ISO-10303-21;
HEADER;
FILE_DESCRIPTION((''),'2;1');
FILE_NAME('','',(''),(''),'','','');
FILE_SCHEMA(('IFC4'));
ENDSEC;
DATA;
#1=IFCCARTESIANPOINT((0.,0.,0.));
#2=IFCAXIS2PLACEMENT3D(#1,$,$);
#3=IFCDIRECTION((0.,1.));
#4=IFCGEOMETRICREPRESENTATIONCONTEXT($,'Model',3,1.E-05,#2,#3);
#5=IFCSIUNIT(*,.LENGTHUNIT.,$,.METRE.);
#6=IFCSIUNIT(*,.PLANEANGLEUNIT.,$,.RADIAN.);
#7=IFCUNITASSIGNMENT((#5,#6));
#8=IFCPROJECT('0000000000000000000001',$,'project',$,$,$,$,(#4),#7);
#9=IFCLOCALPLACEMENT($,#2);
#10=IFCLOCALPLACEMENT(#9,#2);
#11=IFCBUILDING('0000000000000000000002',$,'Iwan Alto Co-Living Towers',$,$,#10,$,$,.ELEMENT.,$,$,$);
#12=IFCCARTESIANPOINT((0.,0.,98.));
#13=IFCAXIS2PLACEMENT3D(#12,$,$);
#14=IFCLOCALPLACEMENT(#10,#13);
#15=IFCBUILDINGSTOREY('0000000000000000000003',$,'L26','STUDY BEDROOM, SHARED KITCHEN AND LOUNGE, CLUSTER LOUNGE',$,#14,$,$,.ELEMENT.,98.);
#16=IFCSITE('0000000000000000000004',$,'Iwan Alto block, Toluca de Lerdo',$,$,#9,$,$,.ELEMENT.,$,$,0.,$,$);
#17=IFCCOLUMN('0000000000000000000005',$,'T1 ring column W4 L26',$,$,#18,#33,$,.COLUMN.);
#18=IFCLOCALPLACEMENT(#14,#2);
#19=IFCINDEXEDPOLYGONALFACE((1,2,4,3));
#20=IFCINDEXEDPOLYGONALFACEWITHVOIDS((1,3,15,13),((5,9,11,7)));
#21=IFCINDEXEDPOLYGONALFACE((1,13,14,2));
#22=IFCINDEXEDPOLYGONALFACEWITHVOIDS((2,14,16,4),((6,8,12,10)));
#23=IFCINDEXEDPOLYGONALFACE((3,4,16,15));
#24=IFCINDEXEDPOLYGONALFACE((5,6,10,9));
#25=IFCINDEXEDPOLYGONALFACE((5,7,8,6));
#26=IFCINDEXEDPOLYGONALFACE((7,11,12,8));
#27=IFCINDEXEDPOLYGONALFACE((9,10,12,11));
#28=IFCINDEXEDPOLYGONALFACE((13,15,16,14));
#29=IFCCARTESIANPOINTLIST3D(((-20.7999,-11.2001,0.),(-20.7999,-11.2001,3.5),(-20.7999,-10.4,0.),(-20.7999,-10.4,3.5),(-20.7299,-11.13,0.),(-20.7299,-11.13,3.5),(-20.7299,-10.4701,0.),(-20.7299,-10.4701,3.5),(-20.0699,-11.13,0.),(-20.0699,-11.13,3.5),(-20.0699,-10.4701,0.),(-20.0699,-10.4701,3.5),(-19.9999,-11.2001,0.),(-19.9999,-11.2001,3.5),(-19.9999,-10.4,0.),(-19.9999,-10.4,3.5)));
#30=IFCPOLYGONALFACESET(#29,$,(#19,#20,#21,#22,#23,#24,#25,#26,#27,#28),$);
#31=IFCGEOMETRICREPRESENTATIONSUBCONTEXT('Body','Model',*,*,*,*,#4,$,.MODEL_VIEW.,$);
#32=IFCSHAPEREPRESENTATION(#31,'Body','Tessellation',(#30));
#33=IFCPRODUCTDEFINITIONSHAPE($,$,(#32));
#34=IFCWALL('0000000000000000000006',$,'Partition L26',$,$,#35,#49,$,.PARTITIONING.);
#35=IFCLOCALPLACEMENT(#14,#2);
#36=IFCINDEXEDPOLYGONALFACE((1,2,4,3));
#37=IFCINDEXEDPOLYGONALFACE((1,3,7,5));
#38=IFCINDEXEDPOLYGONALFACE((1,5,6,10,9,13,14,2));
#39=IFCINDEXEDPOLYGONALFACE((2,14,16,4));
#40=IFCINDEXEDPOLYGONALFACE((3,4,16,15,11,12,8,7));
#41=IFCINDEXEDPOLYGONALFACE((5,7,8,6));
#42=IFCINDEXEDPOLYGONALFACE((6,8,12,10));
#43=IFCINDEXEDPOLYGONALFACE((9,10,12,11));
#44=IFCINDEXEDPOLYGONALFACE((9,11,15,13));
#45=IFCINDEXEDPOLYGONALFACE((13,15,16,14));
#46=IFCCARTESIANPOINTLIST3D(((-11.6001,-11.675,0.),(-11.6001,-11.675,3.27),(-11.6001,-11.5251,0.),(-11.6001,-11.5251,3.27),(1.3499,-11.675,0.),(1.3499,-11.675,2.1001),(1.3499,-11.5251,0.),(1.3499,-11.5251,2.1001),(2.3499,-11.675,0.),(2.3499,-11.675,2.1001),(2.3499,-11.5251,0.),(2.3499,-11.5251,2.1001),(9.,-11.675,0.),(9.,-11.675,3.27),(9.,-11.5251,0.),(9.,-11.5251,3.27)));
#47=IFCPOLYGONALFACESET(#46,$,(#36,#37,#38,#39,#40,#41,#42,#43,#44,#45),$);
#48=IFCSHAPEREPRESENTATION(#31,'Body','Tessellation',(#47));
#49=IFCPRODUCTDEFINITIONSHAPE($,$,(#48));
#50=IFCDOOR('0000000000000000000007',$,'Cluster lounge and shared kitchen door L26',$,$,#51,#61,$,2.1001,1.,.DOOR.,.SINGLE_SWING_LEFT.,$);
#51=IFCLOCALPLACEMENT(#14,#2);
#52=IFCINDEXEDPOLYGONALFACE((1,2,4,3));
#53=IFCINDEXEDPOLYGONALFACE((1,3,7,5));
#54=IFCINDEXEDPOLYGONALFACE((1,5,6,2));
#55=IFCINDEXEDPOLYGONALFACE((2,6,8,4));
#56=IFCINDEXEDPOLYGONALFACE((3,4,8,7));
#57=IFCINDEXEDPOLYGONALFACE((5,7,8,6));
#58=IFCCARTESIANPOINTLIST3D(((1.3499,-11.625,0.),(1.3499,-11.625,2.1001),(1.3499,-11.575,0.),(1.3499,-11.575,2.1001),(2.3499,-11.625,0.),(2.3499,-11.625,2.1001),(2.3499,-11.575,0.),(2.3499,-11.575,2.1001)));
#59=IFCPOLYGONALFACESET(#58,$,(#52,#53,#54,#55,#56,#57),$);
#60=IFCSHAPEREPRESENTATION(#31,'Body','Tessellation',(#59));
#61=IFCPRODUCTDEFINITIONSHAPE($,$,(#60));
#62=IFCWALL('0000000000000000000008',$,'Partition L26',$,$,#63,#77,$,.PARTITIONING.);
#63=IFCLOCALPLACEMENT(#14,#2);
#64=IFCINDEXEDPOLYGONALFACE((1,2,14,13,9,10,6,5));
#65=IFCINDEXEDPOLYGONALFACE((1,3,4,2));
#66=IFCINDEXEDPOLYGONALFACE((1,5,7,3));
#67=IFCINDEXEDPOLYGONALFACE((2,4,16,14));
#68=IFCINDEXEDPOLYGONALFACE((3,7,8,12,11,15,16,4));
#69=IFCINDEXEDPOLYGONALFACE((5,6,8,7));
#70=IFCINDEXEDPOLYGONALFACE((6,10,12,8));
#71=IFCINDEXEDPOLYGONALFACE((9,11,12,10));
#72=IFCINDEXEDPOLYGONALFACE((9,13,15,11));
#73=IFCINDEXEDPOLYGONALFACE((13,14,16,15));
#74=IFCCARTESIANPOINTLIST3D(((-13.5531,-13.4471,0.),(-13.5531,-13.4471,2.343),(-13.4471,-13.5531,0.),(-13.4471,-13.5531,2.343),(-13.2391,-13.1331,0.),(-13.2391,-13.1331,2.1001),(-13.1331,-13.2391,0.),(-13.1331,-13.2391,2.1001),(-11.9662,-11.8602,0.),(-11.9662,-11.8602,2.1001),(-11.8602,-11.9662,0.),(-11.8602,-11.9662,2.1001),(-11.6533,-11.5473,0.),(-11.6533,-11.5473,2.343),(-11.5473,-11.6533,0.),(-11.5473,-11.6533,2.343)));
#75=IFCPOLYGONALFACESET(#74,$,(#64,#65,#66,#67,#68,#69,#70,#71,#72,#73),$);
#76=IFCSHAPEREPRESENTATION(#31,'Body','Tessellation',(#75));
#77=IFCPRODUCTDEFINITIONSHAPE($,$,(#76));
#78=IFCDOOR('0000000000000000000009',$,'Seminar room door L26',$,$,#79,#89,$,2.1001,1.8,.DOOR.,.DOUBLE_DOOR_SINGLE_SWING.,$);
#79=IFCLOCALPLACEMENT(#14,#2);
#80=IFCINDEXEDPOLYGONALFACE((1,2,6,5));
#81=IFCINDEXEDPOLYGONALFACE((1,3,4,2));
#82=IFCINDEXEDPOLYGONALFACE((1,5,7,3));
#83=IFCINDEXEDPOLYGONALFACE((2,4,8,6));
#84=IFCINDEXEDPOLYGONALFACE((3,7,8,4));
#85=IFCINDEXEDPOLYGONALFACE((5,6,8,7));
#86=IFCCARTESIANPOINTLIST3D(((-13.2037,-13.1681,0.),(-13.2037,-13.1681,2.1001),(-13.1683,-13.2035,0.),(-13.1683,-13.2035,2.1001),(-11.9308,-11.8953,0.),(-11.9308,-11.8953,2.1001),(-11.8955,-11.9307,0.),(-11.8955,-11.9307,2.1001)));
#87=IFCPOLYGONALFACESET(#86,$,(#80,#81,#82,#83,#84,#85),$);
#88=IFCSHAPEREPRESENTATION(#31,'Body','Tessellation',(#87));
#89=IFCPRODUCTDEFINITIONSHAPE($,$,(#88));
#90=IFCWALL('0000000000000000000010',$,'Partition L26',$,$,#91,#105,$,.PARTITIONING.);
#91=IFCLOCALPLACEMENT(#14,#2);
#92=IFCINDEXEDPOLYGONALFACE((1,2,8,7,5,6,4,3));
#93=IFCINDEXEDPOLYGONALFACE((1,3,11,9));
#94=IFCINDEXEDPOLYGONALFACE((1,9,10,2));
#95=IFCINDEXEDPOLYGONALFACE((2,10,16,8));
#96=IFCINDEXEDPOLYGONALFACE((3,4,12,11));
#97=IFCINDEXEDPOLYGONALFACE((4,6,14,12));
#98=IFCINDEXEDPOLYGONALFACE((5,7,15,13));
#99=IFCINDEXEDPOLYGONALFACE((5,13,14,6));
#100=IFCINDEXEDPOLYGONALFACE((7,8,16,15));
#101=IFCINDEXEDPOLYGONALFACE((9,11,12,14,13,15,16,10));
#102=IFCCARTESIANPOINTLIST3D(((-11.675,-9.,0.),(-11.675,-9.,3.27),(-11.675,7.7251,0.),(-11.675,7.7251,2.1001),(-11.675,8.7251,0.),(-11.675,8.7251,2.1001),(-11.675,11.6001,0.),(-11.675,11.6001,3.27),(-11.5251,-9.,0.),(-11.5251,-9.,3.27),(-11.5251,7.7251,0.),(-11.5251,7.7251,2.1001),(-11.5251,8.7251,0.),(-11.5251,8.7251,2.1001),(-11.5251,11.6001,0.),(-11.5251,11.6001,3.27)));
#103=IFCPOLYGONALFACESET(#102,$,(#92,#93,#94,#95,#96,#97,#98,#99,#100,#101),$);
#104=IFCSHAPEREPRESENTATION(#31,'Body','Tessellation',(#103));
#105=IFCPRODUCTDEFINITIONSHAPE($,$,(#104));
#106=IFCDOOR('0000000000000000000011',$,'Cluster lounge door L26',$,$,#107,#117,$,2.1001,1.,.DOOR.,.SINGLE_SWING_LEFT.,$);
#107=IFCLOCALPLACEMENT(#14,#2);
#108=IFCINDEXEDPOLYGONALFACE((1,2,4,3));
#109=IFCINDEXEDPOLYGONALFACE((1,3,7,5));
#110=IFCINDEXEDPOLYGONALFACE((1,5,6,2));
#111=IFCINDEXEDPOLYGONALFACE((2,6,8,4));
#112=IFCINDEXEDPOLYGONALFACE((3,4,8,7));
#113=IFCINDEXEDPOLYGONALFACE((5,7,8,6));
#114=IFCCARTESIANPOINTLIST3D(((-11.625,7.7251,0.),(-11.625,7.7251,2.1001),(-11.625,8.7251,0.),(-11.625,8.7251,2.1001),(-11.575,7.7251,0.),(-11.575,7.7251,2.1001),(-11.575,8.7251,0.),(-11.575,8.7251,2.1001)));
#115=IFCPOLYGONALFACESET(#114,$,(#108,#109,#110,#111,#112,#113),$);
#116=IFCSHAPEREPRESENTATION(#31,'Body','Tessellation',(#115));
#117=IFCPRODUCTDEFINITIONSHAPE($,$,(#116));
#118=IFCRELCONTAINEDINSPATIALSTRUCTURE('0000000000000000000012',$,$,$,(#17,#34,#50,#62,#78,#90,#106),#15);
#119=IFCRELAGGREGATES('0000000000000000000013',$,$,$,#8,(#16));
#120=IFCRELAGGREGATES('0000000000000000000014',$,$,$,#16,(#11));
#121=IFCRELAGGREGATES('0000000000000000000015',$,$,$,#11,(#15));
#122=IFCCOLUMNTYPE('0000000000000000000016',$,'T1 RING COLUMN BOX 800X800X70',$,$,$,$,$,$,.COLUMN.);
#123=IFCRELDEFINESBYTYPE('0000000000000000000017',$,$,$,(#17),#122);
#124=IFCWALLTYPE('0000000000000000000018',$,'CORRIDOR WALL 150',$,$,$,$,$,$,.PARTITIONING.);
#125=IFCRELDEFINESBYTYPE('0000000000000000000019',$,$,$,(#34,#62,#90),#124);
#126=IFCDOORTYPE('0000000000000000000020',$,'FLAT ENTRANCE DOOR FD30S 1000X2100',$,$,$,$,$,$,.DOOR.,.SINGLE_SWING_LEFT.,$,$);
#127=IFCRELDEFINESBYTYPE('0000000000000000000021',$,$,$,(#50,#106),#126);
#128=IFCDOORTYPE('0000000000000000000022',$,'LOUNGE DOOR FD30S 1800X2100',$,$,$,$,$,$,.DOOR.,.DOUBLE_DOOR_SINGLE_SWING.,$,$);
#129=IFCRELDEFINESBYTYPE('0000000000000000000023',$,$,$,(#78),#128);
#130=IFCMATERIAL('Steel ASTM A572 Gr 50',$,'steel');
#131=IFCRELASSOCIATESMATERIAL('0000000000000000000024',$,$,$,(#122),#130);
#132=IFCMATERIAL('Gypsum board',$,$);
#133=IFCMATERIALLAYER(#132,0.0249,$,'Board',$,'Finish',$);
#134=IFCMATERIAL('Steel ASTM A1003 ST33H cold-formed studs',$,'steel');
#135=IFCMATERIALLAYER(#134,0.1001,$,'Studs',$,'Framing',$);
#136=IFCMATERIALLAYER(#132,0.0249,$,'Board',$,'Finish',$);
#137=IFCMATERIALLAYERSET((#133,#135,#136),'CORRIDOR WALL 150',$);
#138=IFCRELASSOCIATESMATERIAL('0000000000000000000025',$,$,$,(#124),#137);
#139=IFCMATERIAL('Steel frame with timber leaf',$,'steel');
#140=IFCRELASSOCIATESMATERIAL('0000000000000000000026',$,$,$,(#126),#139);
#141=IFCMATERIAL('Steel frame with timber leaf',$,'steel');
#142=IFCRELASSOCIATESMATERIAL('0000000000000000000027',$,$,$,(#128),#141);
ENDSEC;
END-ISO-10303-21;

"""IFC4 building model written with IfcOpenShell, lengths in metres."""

from ifc_helpers import new_model, si_unit, direction, frame, frame_2d, origin, origin_2d, place, context, subcontext, project, spatial, rectangle, hollow_rectangle, extrude, material, layer, layer_set, material_profile, profile_set, type_object, element, fill, save


model = new_model("IFC4")

# Units and contexts
model_context = context("Model", 3, precision=1e-05, world=origin(), true_north=direction((0.0, 1.0)))
body_context = subcontext(model_context, "Body", "Model", "MODEL_VIEW")
ifc_project = project(units=[si_unit("LENGTHUNIT", "METRE"), si_unit("PLANEANGLEUNIT", "RADIAN")], contexts=[model_context])

# Site, building, storey
site_placement = place(None, origin())
site = spatial("IfcSite", under=ifc_project, at=site_placement, Name="Iwan Alto block, Toluca de Lerdo", CompositionType="ELEMENT", RefElevation=0.0)
building_placement = place(site_placement, origin())
building = spatial("IfcBuilding", under=site, at=building_placement, Name="Iwan Alto Co-Living Towers", CompositionType="ELEMENT")
storey_placement = place(building_placement, frame((0.0, 0.0, 98.0)))
storey = spatial("IfcBuildingStorey", under=building, at=storey_placement, Name="L26", Description="STUDY BEDROOM, SHARED KITCHEN AND LOUNGE, CLUSTER LOUNGE", CompositionType="ELEMENT", Elevation=98.0)

# Column
ifc_material_1 = material(Name="Steel ASTM A572 Gr 50", Category="steel")
ifc_material_profile = material_profile(ifc_material_1, hollow_rectangle(XDim=0.8, YDim=0.8, WallThickness=0.0701, at=origin_2d()), Name="BOX 800X800X70")
ifc_profile_set = profile_set([ifc_material_profile], Name="Steel ASTM A572 Gr 50")
column_type = type_object("IfcColumnType", Name="T1 RING COLUMN BOX 800X800X70", PredefinedType="COLUMN", material=ifc_profile_set)
column_placement = place(storey_placement, frame((-20.3999, -10.8, 0.0), z_axis=(0.0, 0.0, 1.0), x_axis=(1.0, 0.0, 0.0)))
element("IfcColumn", 1, at=column_placement, inside=storey, type_object=column_type, Name="T1 ring column W4 L26", PredefinedType="COLUMN", context=body_context, shape_type="SweptSolid", body=[
    extrude(hollow_rectangle(XDim=0.8, YDim=0.8, WallThickness=0.0701, at=origin_2d()), origin(), (0.0, 0.0, 1.0), 3.5),
])

# Walls, openings, doors
ifc_material_2 = material(Name="Gypsum board")
ifc_layer_1 = layer(ifc_material_2, 0.0249, Name="Board", Category="Finish")
ifc_material_3 = material(Name="Steel ASTM A1003 ST33H cold-formed studs", Category="steel")
ifc_layer_2 = layer(ifc_material_3, 0.1001, Name="Studs", Category="Framing")
ifc_layer_3 = layer(ifc_material_2, 0.0249, Name="Board", Category="Finish")
ifc_layer_set_1 = layer_set([ifc_layer_1, ifc_layer_2, ifc_layer_3], Name="CORRIDOR WALL 150")
wall_type_1 = type_object("IfcWallType", Name="CORRIDOR WALL 150", PredefinedType="PARTITIONING", material=ifc_layer_set_1)
wall_1_placement = place(storey_placement, frame((-11.6001, -11.6001, 0.0), z_axis=(0.0, 0.0, 1.0), x_axis=(1.0, 0.0, 0.0)))
wall_1 = element("IfcWall", 2, at=wall_1_placement, inside=storey, type_object=wall_type_1, Name="Partition L26", PredefinedType="PARTITIONING", context=body_context, shape_type="SweptSolid", body=[
    extrude(rectangle(XDim=20.6001, YDim=0.1499, at=frame_2d((10.3, 0.0))), origin(), (0.0, 0.0, 1.0), 3.27),
])
opening_1_placement = place(wall_1_placement, frame((12.95, 0.0, 0.0)))
opening_1 = element("IfcOpeningElement", 3, at=opening_1_placement, cuts=wall_1, PredefinedType="OPENING", context=body_context, shape_type="SweptSolid", body=[
    extrude(rectangle(XDim=1.0, YDim=2.1001, at=frame_2d((0.5, 1.05))), frame((0.0, 0.085, 0.0), z_axis=(0.0, -1.0, 0.0), x_axis=(1.0, 0.0, 0.0)), (0.0, 0.0, 1.0), 0.1699),
])
ifc_material_4 = material(Name="Steel frame with timber leaf", Category="steel")
door_type_1 = type_object("IfcDoorType", Name="FLAT ENTRANCE DOOR FD30S 1000X2100", OperationType="SINGLE_SWING_LEFT", PredefinedType="DOOR", material=ifc_material_4)
door_1_placement = place(opening_1_placement, frame((1.0, 0.0, 0.0), z_axis=(0.0, 0.0, 1.0), x_axis=(-1.0, 0.0, 0.0)))
door_1 = element("IfcDoor", 4, at=door_1_placement, inside=storey, type_object=door_type_1, Name="Cluster lounge and shared kitchen door L26", OperationType="SINGLE_SWING_LEFT", OverallHeight=2.1001, OverallWidth=1.0, PredefinedType="DOOR", context=body_context, shape_type="SweptSolid", body=[
    extrude(rectangle(XDim=1.0, YDim=2.1001, at=frame_2d((0.5, 1.05))), frame((0.0, 0.0249, 0.0), z_axis=(0.0, -1.0, 0.0), x_axis=(1.0, 0.0, 0.0)), (0.0, 0.0, 1.0), 0.05),
])
fill(opening_1, door_1)
wall_2_placement = place(storey_placement, frame((-13.5, -13.5, 0.0), z_axis=(0.0, 0.0, 1.0), x_axis=(0.707107, 0.707107, 0.0)))
wall_2 = element("IfcWall", 5, at=wall_2_placement, inside=storey, type_object=wall_type_1, Name="Partition L26", PredefinedType="PARTITIONING", context=body_context, shape_type="SweptSolid", body=[
    extrude(rectangle(XDim=2.6868, YDim=0.1499, at=frame_2d((1.3433, 0.0))), origin(), (0.0, 0.0, 1.0), 2.343),
])
opening_2_placement = place(wall_2_placement, frame((0.4441, 0.0, 0.0)))
opening_2 = element("IfcOpeningElement", 6, at=opening_2_placement, cuts=wall_2, PredefinedType="OPENING", context=body_context, shape_type="SweptSolid", body=[
    extrude(rectangle(XDim=1.8, YDim=2.1001, at=frame_2d((0.8999, 1.05))), frame((0.0, 0.085, 0.0), z_axis=(0.0, -1.0, 0.0), x_axis=(1.0, 0.0, 0.0)), (0.0, 0.0, 1.0), 0.1699),
])
ifc_material_5 = material(Name="Steel frame with timber leaf", Category="steel")
door_type_2 = type_object("IfcDoorType", Name="LOUNGE DOOR FD30S 1800X2100", OperationType="DOUBLE_DOOR_SINGLE_SWING", PredefinedType="DOOR", material=ifc_material_5)
door_2_placement = place(opening_2_placement, frame((1.8, 0.0, 0.0), z_axis=(0.0, 0.0, 1.0), x_axis=(-1.0, 0.0, 0.0)))
door_2 = element("IfcDoor", 7, at=door_2_placement, inside=storey, type_object=door_type_2, Name="Seminar room door L26", OperationType="DOUBLE_DOOR_SINGLE_SWING", OverallHeight=2.1001, OverallWidth=1.8, PredefinedType="DOOR", context=body_context, shape_type="SweptSolid", body=[
    extrude(rectangle(XDim=1.8, YDim=2.1001, at=frame_2d((0.8999, 1.05))), frame((0.0, 0.0249, 0.0), z_axis=(0.0, -1.0, 0.0), x_axis=(1.0, 0.0, 0.0)), (0.0, 0.0, 1.0), 0.05),
])
fill(opening_2, door_2)
wall_3_placement = place(storey_placement, frame((-11.6001, -9.0, 0.0), z_axis=(0.0, 0.0, 1.0), x_axis=(0.0, 1.0, 0.0)))
wall_3 = element("IfcWall", 8, at=wall_3_placement, inside=storey, type_object=wall_type_1, Name="Partition L26", PredefinedType="PARTITIONING", context=body_context, shape_type="SweptSolid", body=[
    extrude(rectangle(XDim=20.6001, YDim=0.1499, at=frame_2d((10.3, 0.0))), origin(), (0.0, 0.0, 1.0), 3.27),
])
opening_3_placement = place(wall_3_placement, frame((16.7251, 0.0, 0.0)))
opening_3 = element("IfcOpeningElement", 9, at=opening_3_placement, cuts=wall_3, PredefinedType="OPENING", context=body_context, shape_type="SweptSolid", body=[
    extrude(rectangle(XDim=1.0, YDim=2.1001, at=frame_2d((0.5, 1.05))), frame((0.0, 0.085, 0.0), z_axis=(0.0, -1.0, 0.0), x_axis=(1.0, 0.0, 0.0)), (0.0, 0.0, 1.0), 0.1699),
])
door_3_placement = place(opening_3_placement, origin())
door_3 = element("IfcDoor", 10, at=door_3_placement, inside=storey, type_object=door_type_1, Name="Cluster lounge door L26", OperationType="SINGLE_SWING_LEFT", OverallHeight=2.1001, OverallWidth=1.0, PredefinedType="DOOR", context=body_context, shape_type="SweptSolid", body=[
    extrude(rectangle(XDim=1.0, YDim=2.1001, at=frame_2d((0.5, 1.05))), frame((0.0, 0.0249, 0.0), z_axis=(0.0, -1.0, 0.0), x_axis=(1.0, 0.0, 0.0)), (0.0, 0.0, 1.0), 0.05),
])
fill(opening_3, door_3)

save(model, "model.ifc")
